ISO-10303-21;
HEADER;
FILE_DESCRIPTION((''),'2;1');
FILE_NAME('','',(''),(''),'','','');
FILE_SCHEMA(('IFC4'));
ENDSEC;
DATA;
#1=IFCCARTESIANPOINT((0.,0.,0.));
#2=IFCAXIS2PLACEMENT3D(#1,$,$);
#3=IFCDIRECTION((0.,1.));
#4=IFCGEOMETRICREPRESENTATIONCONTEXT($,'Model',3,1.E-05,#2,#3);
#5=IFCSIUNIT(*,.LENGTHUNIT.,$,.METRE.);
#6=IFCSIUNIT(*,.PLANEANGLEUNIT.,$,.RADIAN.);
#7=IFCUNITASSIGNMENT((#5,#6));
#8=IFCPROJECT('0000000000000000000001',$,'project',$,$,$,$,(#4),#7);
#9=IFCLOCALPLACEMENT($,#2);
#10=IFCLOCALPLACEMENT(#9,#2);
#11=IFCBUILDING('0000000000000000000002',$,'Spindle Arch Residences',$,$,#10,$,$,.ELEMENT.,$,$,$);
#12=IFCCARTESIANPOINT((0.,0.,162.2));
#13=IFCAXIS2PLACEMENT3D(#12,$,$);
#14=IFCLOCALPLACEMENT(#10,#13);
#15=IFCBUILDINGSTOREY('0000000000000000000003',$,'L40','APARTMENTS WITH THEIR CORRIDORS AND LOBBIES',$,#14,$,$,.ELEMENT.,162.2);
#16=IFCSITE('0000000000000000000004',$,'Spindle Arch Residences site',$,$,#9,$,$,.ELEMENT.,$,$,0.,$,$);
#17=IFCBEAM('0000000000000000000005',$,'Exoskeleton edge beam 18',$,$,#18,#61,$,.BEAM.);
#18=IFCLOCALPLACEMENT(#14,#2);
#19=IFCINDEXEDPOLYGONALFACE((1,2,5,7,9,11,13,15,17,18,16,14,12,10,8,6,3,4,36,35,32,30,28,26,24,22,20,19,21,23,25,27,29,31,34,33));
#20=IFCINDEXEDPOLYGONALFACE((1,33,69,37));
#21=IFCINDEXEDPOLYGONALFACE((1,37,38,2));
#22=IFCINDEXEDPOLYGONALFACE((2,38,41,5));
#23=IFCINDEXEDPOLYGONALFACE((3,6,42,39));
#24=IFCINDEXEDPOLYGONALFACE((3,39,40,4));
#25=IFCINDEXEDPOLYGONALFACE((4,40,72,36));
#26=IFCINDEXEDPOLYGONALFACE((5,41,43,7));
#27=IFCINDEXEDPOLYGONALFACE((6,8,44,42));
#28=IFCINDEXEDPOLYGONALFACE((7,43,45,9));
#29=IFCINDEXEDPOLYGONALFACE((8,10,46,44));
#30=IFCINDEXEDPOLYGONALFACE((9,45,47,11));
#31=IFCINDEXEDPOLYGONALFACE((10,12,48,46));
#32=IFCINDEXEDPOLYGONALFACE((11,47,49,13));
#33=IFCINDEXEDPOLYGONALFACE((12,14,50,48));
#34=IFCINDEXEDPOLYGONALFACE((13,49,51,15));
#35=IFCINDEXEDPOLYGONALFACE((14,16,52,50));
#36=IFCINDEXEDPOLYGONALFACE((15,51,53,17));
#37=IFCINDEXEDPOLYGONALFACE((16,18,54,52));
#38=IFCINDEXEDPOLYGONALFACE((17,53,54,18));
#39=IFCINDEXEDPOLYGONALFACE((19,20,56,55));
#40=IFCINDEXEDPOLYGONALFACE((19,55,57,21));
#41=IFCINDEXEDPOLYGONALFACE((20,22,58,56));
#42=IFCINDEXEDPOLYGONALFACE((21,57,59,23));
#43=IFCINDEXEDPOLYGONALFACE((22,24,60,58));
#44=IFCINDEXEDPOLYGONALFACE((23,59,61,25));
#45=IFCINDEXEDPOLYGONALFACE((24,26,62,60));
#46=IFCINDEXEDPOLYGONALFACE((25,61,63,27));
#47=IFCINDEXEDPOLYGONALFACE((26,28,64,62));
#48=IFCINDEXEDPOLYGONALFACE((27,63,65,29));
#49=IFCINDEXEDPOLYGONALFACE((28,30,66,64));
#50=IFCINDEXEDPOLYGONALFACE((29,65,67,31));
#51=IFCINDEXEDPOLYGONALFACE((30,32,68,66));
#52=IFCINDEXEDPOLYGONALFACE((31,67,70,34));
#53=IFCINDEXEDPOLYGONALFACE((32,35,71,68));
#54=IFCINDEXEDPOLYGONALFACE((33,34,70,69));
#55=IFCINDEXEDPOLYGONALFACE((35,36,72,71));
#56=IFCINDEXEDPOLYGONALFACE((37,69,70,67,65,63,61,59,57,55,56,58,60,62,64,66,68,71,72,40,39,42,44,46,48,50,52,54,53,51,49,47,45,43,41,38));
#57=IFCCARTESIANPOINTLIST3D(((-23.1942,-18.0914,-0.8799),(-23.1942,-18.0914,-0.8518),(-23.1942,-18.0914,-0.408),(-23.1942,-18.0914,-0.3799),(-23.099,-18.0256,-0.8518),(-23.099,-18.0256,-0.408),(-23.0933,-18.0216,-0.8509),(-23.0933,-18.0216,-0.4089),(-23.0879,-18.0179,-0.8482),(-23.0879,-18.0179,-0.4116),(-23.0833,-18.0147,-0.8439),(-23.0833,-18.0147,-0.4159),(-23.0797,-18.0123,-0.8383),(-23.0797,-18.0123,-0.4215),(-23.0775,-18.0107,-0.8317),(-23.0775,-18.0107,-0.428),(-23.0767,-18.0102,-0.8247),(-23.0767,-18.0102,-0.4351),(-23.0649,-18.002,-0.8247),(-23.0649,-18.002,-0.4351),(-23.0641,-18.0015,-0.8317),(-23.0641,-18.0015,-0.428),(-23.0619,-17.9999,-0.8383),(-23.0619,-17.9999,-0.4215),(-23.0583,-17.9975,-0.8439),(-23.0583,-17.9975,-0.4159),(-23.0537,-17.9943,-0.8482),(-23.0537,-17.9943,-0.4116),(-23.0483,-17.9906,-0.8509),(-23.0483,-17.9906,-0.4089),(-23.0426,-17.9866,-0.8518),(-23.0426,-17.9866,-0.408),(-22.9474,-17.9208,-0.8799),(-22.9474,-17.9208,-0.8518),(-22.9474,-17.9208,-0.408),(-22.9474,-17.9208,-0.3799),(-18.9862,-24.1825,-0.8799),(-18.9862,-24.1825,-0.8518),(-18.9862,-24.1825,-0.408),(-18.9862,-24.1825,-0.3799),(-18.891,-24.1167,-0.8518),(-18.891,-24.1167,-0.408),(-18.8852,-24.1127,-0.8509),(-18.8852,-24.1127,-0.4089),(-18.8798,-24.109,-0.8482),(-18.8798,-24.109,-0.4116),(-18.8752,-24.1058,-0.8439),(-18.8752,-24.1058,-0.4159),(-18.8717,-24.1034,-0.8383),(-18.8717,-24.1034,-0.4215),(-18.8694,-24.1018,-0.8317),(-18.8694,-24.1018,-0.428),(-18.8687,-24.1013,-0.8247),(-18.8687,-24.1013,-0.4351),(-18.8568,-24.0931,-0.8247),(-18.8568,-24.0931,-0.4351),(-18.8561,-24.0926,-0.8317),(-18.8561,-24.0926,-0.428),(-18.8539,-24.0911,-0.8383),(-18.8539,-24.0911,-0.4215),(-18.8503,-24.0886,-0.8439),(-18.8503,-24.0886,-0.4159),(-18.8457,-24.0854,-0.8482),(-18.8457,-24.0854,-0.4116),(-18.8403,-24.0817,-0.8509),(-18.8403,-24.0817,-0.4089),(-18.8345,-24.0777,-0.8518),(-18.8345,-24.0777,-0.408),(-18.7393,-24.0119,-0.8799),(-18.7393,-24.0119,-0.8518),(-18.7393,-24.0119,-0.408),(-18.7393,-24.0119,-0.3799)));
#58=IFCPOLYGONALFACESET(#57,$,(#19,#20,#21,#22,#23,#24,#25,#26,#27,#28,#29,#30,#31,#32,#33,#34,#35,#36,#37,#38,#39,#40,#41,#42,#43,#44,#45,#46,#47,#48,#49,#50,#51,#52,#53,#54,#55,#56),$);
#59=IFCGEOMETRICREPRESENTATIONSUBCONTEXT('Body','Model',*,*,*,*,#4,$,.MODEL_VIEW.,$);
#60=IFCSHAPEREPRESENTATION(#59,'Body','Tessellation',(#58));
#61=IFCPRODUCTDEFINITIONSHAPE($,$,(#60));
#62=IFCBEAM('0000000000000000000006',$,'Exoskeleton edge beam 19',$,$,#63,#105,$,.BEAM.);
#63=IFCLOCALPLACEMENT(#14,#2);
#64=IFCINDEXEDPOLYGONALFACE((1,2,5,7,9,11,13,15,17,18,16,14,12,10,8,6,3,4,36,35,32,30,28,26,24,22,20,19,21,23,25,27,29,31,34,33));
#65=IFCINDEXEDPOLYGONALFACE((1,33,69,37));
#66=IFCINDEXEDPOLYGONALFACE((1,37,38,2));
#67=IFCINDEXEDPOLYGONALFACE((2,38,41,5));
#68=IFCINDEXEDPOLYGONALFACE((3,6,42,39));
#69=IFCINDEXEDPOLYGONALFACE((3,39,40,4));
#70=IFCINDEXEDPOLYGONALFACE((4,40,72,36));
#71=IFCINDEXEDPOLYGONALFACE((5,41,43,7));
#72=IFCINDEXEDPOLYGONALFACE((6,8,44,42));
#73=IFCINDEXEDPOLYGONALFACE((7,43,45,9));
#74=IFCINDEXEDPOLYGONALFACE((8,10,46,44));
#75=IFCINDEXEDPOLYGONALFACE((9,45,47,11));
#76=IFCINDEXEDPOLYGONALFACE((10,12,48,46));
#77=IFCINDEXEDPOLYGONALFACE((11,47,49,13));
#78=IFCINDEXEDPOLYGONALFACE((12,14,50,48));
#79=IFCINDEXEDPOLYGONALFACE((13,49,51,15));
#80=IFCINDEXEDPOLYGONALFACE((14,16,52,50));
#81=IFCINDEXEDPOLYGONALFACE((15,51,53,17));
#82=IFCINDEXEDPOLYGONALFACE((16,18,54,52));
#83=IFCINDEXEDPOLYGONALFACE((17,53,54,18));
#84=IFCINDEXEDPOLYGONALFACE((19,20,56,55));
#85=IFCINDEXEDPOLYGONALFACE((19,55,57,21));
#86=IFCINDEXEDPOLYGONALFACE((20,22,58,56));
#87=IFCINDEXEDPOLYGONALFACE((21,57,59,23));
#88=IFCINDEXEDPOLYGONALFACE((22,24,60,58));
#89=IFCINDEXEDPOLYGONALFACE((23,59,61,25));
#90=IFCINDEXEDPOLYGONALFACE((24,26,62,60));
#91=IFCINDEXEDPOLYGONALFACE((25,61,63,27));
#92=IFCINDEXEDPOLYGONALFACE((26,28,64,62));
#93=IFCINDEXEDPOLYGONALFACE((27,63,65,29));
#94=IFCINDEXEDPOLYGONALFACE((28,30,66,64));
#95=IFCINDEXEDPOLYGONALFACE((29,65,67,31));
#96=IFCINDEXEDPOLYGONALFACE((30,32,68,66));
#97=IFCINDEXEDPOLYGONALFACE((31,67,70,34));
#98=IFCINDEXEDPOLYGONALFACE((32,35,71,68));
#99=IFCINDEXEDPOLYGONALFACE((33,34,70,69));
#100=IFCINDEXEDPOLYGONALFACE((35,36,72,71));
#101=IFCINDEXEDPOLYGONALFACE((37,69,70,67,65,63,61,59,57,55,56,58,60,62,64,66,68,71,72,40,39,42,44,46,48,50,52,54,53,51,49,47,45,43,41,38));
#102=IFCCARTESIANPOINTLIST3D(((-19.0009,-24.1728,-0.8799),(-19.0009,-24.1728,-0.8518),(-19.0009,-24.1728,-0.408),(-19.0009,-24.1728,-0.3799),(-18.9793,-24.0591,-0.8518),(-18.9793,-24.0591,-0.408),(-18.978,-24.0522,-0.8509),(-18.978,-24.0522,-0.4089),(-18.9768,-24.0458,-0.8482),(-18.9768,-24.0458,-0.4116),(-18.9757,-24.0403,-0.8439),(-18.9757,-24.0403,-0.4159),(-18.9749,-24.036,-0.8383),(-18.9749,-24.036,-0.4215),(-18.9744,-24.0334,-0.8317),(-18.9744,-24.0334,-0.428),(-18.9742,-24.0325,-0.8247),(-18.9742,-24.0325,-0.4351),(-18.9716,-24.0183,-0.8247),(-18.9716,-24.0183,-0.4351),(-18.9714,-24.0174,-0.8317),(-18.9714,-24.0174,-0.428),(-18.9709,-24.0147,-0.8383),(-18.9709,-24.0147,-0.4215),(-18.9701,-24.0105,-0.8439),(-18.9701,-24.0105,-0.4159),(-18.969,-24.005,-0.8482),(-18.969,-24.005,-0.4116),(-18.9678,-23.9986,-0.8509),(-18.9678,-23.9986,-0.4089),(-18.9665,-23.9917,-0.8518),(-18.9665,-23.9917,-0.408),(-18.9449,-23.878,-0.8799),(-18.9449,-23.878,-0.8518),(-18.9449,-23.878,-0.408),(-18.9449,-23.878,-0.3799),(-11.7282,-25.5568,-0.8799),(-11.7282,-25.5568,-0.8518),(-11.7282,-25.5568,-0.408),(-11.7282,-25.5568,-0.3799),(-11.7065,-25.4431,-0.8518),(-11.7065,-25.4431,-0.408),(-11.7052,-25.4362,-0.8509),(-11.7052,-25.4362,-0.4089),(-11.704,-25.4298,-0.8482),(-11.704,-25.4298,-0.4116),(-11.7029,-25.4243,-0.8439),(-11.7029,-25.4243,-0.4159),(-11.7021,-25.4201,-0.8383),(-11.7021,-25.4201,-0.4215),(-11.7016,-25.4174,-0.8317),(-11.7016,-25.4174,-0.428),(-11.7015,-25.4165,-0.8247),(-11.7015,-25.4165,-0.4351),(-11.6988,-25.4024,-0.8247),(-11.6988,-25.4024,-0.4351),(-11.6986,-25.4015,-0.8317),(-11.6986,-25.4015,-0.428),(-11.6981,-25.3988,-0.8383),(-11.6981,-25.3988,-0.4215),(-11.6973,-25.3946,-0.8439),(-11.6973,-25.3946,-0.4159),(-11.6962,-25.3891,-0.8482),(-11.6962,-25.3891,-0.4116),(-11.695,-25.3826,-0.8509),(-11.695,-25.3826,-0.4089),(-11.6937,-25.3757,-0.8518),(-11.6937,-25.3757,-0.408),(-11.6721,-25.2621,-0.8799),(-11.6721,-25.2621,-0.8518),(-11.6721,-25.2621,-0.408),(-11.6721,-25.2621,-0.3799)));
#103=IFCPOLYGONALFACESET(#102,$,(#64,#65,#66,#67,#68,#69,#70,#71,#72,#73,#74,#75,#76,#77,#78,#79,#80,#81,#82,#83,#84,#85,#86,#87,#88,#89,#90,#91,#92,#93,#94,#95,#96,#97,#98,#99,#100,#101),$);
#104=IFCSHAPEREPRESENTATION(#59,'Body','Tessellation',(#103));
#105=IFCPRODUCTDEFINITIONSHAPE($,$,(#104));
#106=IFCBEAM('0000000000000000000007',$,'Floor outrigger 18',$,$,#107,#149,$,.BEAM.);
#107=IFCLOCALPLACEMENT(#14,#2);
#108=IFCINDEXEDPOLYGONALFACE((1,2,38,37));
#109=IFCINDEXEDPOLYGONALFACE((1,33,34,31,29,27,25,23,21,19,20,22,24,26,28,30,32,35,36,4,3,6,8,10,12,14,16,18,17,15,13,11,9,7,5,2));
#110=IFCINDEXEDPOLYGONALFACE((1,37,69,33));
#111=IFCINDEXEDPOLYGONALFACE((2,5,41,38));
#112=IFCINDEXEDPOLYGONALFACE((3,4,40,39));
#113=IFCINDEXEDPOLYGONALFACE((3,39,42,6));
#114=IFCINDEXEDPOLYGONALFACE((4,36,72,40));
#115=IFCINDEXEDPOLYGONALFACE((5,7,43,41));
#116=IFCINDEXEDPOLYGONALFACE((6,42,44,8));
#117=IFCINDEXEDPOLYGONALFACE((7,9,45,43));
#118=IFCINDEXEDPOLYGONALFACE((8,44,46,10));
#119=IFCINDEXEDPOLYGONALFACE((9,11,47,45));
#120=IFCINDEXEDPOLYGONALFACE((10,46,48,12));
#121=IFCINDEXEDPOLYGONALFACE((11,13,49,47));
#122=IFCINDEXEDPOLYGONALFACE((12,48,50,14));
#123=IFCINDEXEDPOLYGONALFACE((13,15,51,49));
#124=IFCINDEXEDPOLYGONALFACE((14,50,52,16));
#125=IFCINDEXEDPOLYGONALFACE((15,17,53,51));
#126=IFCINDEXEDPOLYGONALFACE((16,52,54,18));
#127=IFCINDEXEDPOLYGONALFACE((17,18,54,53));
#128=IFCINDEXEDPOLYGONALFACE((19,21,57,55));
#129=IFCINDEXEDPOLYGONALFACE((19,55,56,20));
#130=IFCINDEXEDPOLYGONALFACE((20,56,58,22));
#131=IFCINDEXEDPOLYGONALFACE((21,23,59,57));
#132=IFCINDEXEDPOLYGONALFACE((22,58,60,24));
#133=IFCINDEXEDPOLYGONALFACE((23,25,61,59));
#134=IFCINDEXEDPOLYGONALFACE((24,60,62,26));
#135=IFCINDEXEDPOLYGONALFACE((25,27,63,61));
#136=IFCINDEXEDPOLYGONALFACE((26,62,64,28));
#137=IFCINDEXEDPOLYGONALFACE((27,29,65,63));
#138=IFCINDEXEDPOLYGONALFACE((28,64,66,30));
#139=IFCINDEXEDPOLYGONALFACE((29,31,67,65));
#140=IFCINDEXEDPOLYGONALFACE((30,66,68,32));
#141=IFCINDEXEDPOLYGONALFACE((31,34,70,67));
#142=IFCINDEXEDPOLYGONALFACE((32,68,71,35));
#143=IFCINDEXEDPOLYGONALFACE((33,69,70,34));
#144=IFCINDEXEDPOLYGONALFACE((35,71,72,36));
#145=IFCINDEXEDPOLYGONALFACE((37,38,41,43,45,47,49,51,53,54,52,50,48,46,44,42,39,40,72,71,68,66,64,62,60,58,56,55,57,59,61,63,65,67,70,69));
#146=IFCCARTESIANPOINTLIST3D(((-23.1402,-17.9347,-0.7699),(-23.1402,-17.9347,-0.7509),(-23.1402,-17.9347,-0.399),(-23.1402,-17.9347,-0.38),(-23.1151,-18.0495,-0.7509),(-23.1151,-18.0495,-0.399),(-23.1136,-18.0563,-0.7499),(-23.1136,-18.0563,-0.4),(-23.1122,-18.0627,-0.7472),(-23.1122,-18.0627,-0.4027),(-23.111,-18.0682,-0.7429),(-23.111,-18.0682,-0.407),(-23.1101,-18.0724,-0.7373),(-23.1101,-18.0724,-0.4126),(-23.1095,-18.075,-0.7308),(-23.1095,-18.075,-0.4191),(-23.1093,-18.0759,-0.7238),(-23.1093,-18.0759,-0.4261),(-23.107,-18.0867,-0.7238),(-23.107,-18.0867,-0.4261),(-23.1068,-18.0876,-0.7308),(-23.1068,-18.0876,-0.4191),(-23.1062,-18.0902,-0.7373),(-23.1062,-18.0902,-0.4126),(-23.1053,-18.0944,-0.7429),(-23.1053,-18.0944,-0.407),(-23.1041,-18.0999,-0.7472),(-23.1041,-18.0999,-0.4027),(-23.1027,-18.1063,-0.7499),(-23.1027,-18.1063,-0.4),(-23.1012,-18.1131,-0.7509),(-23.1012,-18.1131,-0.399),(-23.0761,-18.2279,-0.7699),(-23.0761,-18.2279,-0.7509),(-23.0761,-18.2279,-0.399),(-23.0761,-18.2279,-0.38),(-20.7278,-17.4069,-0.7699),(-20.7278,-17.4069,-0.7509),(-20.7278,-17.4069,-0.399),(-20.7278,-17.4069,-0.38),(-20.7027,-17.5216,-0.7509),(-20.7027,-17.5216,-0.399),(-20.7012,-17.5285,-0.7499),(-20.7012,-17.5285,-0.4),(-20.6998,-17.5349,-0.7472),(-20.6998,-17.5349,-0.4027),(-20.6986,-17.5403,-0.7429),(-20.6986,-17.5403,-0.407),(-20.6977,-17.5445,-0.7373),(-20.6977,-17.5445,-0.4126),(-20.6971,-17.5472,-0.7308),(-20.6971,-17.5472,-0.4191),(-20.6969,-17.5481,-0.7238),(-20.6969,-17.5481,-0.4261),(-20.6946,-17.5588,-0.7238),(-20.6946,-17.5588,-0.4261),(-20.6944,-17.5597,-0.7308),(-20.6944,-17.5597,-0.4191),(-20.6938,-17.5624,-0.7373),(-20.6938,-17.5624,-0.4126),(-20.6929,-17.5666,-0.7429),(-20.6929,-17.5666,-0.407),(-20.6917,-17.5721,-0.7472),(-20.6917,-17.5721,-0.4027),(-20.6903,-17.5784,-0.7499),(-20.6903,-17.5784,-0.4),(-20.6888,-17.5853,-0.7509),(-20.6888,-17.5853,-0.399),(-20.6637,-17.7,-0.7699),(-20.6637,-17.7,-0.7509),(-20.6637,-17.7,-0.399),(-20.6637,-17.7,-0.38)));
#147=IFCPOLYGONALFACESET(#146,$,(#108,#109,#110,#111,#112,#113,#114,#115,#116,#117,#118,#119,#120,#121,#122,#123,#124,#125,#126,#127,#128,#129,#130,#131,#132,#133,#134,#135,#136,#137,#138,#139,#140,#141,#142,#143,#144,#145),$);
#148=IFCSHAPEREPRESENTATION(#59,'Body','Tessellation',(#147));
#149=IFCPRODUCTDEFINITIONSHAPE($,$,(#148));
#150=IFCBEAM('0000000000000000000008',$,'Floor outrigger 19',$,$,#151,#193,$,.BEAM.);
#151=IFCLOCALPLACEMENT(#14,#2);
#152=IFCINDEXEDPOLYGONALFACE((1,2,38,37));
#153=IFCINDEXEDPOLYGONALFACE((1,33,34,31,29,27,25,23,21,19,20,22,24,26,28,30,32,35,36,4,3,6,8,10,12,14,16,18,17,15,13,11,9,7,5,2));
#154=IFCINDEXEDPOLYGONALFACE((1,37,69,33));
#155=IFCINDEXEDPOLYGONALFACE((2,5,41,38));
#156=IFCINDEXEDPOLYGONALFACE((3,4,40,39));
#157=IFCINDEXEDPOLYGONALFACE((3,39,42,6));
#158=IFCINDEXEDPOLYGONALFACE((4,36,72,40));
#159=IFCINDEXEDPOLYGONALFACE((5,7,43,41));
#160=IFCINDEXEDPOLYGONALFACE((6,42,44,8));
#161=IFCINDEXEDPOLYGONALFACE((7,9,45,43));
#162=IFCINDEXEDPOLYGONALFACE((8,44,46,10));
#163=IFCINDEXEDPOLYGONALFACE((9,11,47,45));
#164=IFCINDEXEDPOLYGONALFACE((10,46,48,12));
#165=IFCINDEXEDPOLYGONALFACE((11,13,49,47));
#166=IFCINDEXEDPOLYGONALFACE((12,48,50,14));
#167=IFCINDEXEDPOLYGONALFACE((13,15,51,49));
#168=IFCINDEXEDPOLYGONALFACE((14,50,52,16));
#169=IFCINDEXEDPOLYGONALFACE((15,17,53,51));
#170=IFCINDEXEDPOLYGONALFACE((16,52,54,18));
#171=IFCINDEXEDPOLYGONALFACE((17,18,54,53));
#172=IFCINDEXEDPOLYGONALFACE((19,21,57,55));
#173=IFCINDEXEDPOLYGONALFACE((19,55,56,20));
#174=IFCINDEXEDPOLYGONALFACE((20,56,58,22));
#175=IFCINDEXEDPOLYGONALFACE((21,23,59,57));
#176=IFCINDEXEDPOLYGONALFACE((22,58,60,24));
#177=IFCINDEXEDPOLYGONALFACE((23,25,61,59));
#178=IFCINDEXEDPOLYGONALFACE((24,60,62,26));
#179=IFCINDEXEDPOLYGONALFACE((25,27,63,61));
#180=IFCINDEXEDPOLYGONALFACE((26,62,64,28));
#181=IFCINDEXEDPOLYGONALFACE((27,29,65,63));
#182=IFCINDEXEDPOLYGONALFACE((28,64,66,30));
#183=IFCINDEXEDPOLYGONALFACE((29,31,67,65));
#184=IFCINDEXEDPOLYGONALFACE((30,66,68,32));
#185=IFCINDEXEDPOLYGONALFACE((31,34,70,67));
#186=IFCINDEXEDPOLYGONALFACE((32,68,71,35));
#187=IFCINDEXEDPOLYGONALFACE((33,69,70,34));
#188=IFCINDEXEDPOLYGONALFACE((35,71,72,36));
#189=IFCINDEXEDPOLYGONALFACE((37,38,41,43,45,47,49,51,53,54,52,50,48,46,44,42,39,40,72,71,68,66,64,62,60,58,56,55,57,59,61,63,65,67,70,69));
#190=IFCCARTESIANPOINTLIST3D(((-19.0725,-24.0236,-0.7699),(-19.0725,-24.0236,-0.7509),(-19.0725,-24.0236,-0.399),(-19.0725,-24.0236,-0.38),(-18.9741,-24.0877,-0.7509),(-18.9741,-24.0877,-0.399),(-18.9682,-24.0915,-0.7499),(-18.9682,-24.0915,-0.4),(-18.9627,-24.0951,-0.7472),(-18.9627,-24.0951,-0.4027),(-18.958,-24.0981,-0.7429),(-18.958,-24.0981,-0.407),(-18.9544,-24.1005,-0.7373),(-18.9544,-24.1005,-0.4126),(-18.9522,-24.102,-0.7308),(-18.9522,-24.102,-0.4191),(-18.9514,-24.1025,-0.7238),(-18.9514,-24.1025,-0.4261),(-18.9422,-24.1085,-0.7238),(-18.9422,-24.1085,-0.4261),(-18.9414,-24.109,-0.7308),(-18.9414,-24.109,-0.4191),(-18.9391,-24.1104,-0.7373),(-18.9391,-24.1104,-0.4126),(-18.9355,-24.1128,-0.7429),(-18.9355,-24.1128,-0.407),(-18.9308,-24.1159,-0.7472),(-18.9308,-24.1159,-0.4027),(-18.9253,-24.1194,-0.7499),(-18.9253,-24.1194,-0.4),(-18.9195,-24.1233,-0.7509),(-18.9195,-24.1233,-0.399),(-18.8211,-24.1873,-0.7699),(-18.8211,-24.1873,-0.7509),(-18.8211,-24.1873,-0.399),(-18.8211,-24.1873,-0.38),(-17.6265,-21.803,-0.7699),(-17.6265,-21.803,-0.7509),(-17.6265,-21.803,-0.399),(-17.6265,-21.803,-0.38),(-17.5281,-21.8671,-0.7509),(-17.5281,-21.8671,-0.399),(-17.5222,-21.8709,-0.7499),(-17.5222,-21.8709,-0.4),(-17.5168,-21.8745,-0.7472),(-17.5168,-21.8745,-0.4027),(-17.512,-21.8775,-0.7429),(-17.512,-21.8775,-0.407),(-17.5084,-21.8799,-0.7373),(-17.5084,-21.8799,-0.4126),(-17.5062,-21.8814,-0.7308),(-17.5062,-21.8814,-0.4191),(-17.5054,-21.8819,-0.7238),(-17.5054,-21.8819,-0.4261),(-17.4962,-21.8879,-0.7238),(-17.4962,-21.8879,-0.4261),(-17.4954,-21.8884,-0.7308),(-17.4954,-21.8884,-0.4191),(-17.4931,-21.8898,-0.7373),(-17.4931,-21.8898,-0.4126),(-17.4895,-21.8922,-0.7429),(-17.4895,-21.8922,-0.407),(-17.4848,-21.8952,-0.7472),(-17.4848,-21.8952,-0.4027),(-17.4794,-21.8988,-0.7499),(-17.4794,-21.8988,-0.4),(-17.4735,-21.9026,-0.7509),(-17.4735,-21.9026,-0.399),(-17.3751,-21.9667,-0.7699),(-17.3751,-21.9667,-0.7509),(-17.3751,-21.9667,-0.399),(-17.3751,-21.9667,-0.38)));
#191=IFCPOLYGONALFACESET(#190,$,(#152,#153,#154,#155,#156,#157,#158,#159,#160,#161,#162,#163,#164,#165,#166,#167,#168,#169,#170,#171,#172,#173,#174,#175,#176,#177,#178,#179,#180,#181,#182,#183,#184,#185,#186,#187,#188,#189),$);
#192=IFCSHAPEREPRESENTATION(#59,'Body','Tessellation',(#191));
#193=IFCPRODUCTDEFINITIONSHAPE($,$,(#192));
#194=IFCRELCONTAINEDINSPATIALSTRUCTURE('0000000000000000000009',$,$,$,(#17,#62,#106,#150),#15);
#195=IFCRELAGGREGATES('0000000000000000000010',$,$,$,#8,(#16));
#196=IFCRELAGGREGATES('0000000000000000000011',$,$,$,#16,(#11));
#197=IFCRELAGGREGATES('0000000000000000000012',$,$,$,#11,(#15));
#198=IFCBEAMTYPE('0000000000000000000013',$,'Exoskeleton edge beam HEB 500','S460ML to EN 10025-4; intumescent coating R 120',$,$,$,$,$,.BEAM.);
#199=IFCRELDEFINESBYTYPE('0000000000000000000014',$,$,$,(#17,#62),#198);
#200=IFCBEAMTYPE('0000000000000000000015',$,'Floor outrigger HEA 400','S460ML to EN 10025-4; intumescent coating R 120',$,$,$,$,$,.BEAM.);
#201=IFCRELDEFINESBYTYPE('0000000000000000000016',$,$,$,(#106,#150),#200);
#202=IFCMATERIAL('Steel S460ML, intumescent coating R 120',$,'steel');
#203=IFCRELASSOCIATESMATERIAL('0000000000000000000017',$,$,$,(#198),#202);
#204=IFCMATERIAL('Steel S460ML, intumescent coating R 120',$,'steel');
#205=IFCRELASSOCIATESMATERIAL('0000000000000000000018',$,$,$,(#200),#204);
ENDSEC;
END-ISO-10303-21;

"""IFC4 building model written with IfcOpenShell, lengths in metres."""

from ifc_helpers import new_model, si_unit, direction, frame, origin, origin_2d, place, context, subcontext, project, spatial, i_section, extrude, material, material_profile, profile_set, type_object, element, save


model = new_model("IFC4")

# Units and contexts
model_context = context("Model", 3, precision=1e-05, world=origin(), true_north=direction((0.0, 1.0)))
body_context = subcontext(model_context, "Body", "Model", "MODEL_VIEW")
ifc_project = project(units=[si_unit("LENGTHUNIT", "METRE"), si_unit("PLANEANGLEUNIT", "RADIAN")], contexts=[model_context])

# Site, building, storey
site_placement = place(None, origin())
site = spatial("IfcSite", under=ifc_project, at=site_placement, Name="Spindle Arch Residences site", CompositionType="ELEMENT", RefElevation=0.0)
building_placement = place(site_placement, origin())
building = spatial("IfcBuilding", under=site, at=building_placement, Name="Spindle Arch Residences", CompositionType="ELEMENT")
storey_placement = place(building_placement, frame((0.0, 0.0, 162.2)))
storey = spatial("IfcBuildingStorey", under=building, at=storey_placement, Name="L40", Description="APARTMENTS WITH THEIR CORRIDORS AND LOBBIES", CompositionType="ELEMENT", Elevation=162.2)

# Beams
ifc_material_1 = material(Name="Steel S460ML, intumescent coating R 120", Category="steel")
ifc_material_profile_1 = material_profile(ifc_material_1, i_section(OverallWidth=0.3, OverallDepth=0.5, WebThickness=0.0144, FlangeThickness=0.0281, FilletRadius=0.0271, at=origin_2d()), Name="HEB 500")
ifc_profile_set_1 = profile_set([ifc_material_profile_1], Name="Steel S460ML, intumescent coating R 120")
beam_type_1 = type_object("IfcBeamType", Name="Exoskeleton edge beam HEB 500", Description="S460ML to EN 10025-4; intumescent coating R 120", PredefinedType="BEAM", material=ifc_profile_set_1)
for number, where, z_axis, x_axis, name in (
    (1, (-23.0708, -18.0061, -0.6299), (0.568399, -0.822753, 0.0), (0.822753, 0.568399, 0.0), "Exoskeleton edge beam 18"),
    (2, (-18.9729, -24.0254, -0.6299), (0.982369, -0.18695, 0.0), (0.18695, 0.982369, 0.0), "Exoskeleton edge beam 19"),
):
    element("IfcBeam", number, at=place(storey_placement, frame(where, z_axis=z_axis, x_axis=x_axis)), inside=storey, type_object=beam_type_1, Name=name, PredefinedType="BEAM", context=body_context, shape_type="SweptSolid", body=[
        extrude(i_section(OverallWidth=0.3, OverallDepth=0.5, WebThickness=0.0144, FlangeThickness=0.0281, FilletRadius=0.0271, at=origin_2d()), origin(), (0.0, 0.0, 1.0), 7.4033),
    ])
ifc_material_2 = material(Name="Steel S460ML, intumescent coating R 120", Category="steel")
ifc_material_profile_2 = material_profile(ifc_material_2, i_section(OverallWidth=0.3, OverallDepth=0.3899, WebThickness=0.011, FlangeThickness=0.019, FilletRadius=0.0271, at=origin_2d()), Name="HEA 400")
ifc_profile_set_2 = profile_set([ifc_material_profile_2], Name="Steel S460ML, intumescent coating R 120")
beam_type_2 = type_object("IfcBeamType", Name="Floor outrigger HEA 400", Description="S460ML to EN 10025-4; intumescent coating R 120", PredefinedType="BEAM", material=ifc_profile_set_2)
beam_1_placement = place(storey_placement, frame((-23.1082, -18.0813, -0.575), z_axis=(0.976889, 0.213747, 0.0), x_axis=(-0.213747, 0.976889, 0.0)))
element("IfcBeam", 3, at=beam_1_placement, inside=storey, type_object=beam_type_2, Name="Floor outrigger 18", PredefinedType="BEAM", context=body_context, shape_type="SweptSolid", body=[
    extrude(i_section(OverallWidth=0.3, OverallDepth=0.3899, WebThickness=0.011, FlangeThickness=0.019, FilletRadius=0.0271, at=origin_2d()), origin(), (0.0, 0.0, 1.0), 2.4695),
])
beam_2_placement = place(storey_placement, frame((-18.9468, -24.1055, -0.575), z_axis=(0.545675, 0.837997, 0.0), x_axis=(-0.837997, 0.545675, 0.0)))
element("IfcBeam", 4, at=beam_2_placement, inside=storey, type_object=beam_type_2, Name="Floor outrigger 19", PredefinedType="BEAM", context=body_context, shape_type="SweptSolid", body=[
    extrude(i_section(OverallWidth=0.3, OverallDepth=0.3899, WebThickness=0.011, FlangeThickness=0.019, FilletRadius=0.0271, at=origin_2d()), origin(), (0.0, 0.0, 1.0), 2.6499),
])

save(model, "model.ifc")
